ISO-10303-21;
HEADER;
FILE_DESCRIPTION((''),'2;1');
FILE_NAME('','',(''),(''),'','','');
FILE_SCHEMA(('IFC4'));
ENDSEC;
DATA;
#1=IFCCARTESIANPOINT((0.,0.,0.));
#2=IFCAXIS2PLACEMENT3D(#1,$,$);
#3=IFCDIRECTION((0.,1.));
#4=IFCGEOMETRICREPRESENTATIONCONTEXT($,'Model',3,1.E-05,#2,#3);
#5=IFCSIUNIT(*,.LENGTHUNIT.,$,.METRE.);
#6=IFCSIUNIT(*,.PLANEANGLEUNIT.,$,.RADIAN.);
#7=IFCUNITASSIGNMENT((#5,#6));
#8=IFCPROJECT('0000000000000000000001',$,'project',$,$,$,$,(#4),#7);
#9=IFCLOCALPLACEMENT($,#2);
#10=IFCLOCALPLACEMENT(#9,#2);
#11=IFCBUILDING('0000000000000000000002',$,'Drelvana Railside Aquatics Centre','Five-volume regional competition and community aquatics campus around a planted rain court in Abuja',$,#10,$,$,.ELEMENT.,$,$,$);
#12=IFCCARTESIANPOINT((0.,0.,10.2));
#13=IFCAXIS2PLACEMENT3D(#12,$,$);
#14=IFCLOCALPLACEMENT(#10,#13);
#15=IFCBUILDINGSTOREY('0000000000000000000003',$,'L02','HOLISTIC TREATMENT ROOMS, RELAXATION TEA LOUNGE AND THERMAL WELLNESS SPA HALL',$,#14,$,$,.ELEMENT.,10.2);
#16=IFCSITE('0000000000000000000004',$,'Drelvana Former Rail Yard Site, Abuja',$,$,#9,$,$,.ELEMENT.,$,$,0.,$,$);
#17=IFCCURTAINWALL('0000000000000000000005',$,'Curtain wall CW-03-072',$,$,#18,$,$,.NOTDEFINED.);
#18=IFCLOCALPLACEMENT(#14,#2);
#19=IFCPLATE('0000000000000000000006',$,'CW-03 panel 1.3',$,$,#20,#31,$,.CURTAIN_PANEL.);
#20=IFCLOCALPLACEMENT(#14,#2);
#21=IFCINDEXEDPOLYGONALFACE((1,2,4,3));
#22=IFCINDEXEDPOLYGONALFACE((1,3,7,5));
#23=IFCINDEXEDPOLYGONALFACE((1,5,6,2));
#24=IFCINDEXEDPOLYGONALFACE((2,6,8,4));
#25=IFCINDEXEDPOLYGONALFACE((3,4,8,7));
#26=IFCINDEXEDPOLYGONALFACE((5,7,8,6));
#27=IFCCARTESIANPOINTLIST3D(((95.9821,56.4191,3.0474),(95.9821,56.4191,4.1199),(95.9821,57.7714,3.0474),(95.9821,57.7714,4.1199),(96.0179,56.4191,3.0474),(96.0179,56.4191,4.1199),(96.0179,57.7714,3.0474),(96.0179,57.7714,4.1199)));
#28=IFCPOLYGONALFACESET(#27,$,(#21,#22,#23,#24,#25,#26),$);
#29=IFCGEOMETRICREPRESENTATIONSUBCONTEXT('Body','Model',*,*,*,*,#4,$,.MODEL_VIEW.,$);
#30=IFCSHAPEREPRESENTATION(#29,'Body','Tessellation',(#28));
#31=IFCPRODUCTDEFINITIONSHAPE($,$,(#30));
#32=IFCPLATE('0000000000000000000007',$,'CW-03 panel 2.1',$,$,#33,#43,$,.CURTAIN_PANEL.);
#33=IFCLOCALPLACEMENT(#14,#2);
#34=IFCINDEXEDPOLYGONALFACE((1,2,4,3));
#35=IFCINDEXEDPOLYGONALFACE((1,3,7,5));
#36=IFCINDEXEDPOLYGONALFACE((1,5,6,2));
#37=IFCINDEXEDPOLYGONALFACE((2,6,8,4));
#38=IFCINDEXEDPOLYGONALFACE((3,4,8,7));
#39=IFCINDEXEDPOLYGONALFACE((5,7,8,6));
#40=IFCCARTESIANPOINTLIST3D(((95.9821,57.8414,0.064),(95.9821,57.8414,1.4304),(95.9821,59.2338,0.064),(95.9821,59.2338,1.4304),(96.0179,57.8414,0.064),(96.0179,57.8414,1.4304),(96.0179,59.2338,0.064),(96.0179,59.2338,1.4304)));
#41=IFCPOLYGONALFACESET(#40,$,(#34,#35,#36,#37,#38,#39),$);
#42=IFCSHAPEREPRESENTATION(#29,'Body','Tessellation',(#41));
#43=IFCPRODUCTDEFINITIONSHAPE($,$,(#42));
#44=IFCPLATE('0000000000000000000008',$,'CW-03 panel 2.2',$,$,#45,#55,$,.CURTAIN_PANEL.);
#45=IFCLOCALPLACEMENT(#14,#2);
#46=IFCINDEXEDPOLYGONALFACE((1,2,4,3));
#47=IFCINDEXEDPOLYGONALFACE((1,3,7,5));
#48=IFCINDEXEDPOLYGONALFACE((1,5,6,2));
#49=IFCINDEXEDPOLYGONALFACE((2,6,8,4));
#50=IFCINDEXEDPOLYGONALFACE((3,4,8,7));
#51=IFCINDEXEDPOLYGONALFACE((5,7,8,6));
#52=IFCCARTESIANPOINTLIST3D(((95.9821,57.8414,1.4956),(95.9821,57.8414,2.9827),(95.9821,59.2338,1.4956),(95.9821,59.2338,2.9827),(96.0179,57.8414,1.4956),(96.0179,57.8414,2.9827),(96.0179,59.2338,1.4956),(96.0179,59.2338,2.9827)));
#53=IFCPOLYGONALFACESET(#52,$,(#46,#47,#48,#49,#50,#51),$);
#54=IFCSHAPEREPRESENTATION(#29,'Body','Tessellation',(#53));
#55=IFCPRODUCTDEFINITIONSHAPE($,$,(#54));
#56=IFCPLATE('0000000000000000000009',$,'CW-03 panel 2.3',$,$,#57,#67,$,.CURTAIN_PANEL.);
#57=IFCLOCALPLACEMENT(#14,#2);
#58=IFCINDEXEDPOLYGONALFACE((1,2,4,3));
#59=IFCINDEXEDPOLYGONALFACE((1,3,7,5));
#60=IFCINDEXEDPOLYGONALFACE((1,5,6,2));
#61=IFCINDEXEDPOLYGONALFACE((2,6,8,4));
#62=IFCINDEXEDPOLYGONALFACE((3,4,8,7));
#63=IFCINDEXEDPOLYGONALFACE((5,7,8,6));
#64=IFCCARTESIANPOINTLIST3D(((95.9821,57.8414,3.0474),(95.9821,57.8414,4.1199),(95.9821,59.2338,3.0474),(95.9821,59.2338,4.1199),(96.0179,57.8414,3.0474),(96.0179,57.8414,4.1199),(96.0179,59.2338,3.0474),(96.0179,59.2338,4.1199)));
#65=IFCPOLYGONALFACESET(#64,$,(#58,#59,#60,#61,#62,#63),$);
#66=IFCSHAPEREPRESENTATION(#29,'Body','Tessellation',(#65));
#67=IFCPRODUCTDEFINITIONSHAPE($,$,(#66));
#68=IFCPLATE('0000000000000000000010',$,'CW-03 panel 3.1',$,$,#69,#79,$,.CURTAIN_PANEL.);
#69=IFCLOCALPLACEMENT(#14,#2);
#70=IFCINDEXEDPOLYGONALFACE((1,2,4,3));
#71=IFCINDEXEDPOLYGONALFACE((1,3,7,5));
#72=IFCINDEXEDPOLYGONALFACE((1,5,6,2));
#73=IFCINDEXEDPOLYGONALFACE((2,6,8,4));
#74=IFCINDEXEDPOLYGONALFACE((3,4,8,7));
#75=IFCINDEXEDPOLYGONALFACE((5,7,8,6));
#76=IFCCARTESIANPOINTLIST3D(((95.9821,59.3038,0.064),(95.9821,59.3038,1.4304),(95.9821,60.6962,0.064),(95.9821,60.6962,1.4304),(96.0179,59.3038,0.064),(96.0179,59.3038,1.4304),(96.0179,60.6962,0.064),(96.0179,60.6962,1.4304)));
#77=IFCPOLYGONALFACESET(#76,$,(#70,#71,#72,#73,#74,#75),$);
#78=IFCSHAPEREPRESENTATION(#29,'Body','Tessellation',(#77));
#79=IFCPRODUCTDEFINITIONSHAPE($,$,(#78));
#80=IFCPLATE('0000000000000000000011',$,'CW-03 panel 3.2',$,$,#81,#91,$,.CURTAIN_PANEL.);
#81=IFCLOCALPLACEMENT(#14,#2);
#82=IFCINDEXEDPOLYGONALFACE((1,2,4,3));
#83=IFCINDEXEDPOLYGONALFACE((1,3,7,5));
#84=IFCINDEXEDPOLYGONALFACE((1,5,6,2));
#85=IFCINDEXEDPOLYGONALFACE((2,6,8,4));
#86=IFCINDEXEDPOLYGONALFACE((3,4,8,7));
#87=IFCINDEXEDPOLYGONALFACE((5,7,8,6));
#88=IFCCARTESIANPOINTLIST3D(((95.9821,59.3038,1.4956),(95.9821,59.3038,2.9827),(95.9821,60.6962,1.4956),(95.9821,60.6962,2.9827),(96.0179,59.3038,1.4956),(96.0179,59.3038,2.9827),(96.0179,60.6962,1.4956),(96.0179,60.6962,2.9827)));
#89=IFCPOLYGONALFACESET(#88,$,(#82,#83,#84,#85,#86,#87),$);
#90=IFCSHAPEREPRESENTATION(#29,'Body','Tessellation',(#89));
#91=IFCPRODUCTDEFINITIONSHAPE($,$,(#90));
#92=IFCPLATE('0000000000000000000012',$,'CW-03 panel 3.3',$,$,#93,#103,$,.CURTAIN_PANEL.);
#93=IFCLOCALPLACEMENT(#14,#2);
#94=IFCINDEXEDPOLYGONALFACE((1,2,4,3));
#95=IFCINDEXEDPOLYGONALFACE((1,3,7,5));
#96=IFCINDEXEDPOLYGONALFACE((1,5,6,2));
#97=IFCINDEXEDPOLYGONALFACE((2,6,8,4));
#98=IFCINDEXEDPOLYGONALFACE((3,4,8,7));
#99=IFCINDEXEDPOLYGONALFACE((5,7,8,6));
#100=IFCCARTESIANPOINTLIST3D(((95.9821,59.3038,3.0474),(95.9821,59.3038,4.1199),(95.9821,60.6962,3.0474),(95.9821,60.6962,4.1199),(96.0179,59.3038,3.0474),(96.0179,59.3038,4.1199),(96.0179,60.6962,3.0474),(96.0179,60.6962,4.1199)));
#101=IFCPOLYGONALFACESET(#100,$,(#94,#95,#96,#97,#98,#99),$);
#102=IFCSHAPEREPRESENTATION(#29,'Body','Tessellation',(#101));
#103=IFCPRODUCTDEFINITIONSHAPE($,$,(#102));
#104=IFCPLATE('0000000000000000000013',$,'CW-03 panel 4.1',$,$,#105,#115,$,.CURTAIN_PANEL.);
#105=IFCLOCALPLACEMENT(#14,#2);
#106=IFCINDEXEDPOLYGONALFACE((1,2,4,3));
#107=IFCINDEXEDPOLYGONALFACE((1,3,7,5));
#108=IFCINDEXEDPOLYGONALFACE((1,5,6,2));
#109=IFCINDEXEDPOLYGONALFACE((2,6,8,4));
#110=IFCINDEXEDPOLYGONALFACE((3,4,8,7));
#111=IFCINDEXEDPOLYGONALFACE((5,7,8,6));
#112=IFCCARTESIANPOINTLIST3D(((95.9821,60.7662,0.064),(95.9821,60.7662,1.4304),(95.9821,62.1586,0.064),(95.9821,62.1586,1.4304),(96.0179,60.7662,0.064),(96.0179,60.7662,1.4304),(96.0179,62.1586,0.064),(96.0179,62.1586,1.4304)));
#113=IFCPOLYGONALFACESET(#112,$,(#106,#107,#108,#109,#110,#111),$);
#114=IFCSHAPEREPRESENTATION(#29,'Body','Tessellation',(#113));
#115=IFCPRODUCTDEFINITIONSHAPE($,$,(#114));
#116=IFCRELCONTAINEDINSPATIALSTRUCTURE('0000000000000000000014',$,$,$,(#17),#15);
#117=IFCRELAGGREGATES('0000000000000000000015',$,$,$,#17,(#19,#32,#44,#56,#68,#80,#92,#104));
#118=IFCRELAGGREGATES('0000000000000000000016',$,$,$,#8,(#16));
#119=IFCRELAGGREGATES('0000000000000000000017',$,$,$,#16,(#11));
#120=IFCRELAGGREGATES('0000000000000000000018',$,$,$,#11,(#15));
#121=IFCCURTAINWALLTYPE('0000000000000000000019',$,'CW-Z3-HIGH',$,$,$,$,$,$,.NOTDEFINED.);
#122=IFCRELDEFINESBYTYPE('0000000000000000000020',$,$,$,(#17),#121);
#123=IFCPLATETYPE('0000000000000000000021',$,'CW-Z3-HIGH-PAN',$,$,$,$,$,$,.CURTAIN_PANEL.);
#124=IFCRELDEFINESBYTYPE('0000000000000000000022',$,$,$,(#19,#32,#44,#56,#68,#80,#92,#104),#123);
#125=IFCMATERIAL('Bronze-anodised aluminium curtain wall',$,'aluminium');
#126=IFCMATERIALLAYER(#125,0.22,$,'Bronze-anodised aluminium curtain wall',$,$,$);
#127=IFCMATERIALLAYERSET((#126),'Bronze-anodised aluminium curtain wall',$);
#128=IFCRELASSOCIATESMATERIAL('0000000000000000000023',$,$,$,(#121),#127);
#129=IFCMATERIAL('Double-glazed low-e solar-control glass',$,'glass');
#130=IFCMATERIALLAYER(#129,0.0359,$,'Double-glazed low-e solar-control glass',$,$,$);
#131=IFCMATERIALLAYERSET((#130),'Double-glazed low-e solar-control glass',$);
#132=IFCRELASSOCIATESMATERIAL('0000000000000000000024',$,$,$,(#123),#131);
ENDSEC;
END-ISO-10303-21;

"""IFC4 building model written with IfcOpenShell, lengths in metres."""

from ifc_helpers import new_model, si_unit, direction, frame, origin, origin_2d, place, context, subcontext, project, spatial, rectangle, extrude, material, layer, layer_set, type_object, element, aggregate, save


model = new_model("IFC4")

# Units and contexts
model_context = context("Model", 3, precision=1e-05, world=origin(), true_north=direction((0.0, 1.0)))
body_context = subcontext(model_context, "Body", "Model", "MODEL_VIEW")
ifc_project = project(units=[si_unit("LENGTHUNIT", "METRE"), si_unit("PLANEANGLEUNIT", "RADIAN")], contexts=[model_context])

# Site, building, storey
site_placement = place(None, origin())
site = spatial("IfcSite", under=ifc_project, at=site_placement, Name="Drelvana Former Rail Yard Site, Abuja", CompositionType="ELEMENT", RefElevation=0.0)
building_placement = place(site_placement, origin())
building = spatial("IfcBuilding", under=site, at=building_placement, Name="Drelvana Railside Aquatics Centre", Description="Five-volume regional competition and community aquatics campus around a planted rain court in Abuja", CompositionType="ELEMENT")
storey_placement = place(building_placement, frame((0.0, 0.0, 10.2)))
storey = spatial("IfcBuildingStorey", under=building, at=storey_placement, Name="L02", Description="HOLISTIC TREATMENT ROOMS, RELAXATION TEA LOUNGE AND THERMAL WELLNESS SPA HALL", CompositionType="ELEMENT", Elevation=10.2)

# Curtain wall, plates
ifc_material_1 = material(Name="Bronze-anodised aluminium curtain wall", Category="aluminium")
ifc_layer_1 = layer(ifc_material_1, 0.22, Name="Bronze-anodised aluminium curtain wall")
ifc_layer_set_1 = layer_set([ifc_layer_1], Name="Bronze-anodised aluminium curtain wall")
curtain_wall_type = type_object("IfcCurtainWallType", Name="CW-Z3-HIGH", PredefinedType="NOTDEFINED", material=ifc_layer_set_1)
curtain_wall_placement = place(storey_placement, origin())
curtain_wall = element("IfcCurtainWall", 1, at=curtain_wall_placement, inside=storey, type_object=curtain_wall_type, Name="Curtain wall CW-03-072", PredefinedType="NOTDEFINED")
ifc_material_2 = material(Name="Double-glazed low-e solar-control glass", Category="glass")
ifc_layer_2 = layer(ifc_material_2, 0.0359, Name="Double-glazed low-e solar-control glass")
ifc_layer_set_2 = layer_set([ifc_layer_2], Name="Double-glazed low-e solar-control glass")
plate_type = type_object("IfcPlateType", Name="CW-Z3-HIGH-PAN", PredefinedType="CURTAIN_PANEL", material=ifc_layer_set_2)
plate_1_placement = place(storey_placement, frame((96.0, 57.0952, 3.0474), z_axis=(0.0, 0.0, 1.0), x_axis=(0.0, 1.0, 0.0)))
plate_1 = element("IfcPlate", 2, at=plate_1_placement, type_object=plate_type, Name="CW-03 panel 1.3", PredefinedType="CURTAIN_PANEL", context=body_context, shape_type="SweptSolid", body=[
    extrude(rectangle(XDim=1.3523, YDim=0.0359, at=origin_2d()), origin(), (0.0, 0.0, 1.0), 1.0725),
])
plate_2_placement = place(storey_placement, frame((96.0, 58.5376, 0.064), z_axis=(0.0, 0.0, 1.0), x_axis=(0.0, 1.0, 0.0)))
plate_2 = element("IfcPlate", 3, at=plate_2_placement, type_object=plate_type, Name="CW-03 panel 2.1", PredefinedType="CURTAIN_PANEL", context=body_context, shape_type="SweptSolid", body=[
    extrude(rectangle(XDim=1.3923, YDim=0.0359, at=origin_2d()), origin(), (0.0, 0.0, 1.0), 1.3665),
])
plate_3_placement = place(storey_placement, frame((96.0, 58.5376, 1.4956), z_axis=(0.0, 0.0, 1.0), x_axis=(0.0, 1.0, 0.0)))
plate_3 = element("IfcPlate", 4, at=plate_3_placement, type_object=plate_type, Name="CW-03 panel 2.2", PredefinedType="CURTAIN_PANEL", context=body_context, shape_type="SweptSolid", body=[
    extrude(rectangle(XDim=1.3923, YDim=0.0359, at=origin_2d()), origin(), (0.0, 0.0, 1.0), 1.4871),
])
plate_4_placement = place(storey_placement, frame((96.0, 58.5376, 3.0474), z_axis=(0.0, 0.0, 1.0), x_axis=(0.0, 1.0, 0.0)))
plate_4 = element("IfcPlate", 5, at=plate_4_placement, type_object=plate_type, Name="CW-03 panel 2.3", PredefinedType="CURTAIN_PANEL", context=body_context, shape_type="SweptSolid", body=[
    extrude(rectangle(XDim=1.3923, YDim=0.0359, at=origin_2d()), origin(), (0.0, 0.0, 1.0), 1.0725),
])
plate_5_placement = place(storey_placement, frame((96.0, 60.0, 0.064), z_axis=(0.0, 0.0, 1.0), x_axis=(0.0, 1.0, 0.0)))
plate_5 = element("IfcPlate", 6, at=plate_5_placement, type_object=plate_type, Name="CW-03 panel 3.1", PredefinedType="CURTAIN_PANEL", context=body_context, shape_type="SweptSolid", body=[
    extrude(rectangle(XDim=1.3923, YDim=0.0359, at=origin_2d()), origin(), (0.0, 0.0, 1.0), 1.3665),
])
plate_6_placement = place(storey_placement, frame((96.0, 60.0, 1.4956), z_axis=(0.0, 0.0, 1.0), x_axis=(0.0, 1.0, 0.0)))
plate_6 = element("IfcPlate", 7, at=plate_6_placement, type_object=plate_type, Name="CW-03 panel 3.2", PredefinedType="CURTAIN_PANEL", context=body_context, shape_type="SweptSolid", body=[
    extrude(rectangle(XDim=1.3923, YDim=0.0359, at=origin_2d()), origin(), (0.0, 0.0, 1.0), 1.4871),
])
plate_7_placement = place(storey_placement, frame((96.0, 60.0, 3.0474), z_axis=(0.0, 0.0, 1.0), x_axis=(0.0, 1.0, 0.0)))
plate_7 = element("IfcPlate", 8, at=plate_7_placement, type_object=plate_type, Name="CW-03 panel 3.3", PredefinedType="CURTAIN_PANEL", context=body_context, shape_type="SweptSolid", body=[
    extrude(rectangle(XDim=1.3923, YDim=0.0359, at=origin_2d()), origin(), (0.0, 0.0, 1.0), 1.0725),
])
plate_8_placement = place(storey_placement, frame((96.0, 61.4624, 0.064), z_axis=(0.0, 0.0, 1.0), x_axis=(0.0, 1.0, 0.0)))
plate_8 = element("IfcPlate", 9, at=plate_8_placement, type_object=plate_type, Name="CW-03 panel 4.1", PredefinedType="CURTAIN_PANEL", context=body_context, shape_type="SweptSolid", body=[
    extrude(rectangle(XDim=1.3923, YDim=0.0359, at=origin_2d()), origin(), (0.0, 0.0, 1.0), 1.3665),
])
aggregate(curtain_wall, [plate_1, plate_2, plate_3, plate_4, plate_5, plate_6, plate_7, plate_8])

save(model, "model.ifc")
